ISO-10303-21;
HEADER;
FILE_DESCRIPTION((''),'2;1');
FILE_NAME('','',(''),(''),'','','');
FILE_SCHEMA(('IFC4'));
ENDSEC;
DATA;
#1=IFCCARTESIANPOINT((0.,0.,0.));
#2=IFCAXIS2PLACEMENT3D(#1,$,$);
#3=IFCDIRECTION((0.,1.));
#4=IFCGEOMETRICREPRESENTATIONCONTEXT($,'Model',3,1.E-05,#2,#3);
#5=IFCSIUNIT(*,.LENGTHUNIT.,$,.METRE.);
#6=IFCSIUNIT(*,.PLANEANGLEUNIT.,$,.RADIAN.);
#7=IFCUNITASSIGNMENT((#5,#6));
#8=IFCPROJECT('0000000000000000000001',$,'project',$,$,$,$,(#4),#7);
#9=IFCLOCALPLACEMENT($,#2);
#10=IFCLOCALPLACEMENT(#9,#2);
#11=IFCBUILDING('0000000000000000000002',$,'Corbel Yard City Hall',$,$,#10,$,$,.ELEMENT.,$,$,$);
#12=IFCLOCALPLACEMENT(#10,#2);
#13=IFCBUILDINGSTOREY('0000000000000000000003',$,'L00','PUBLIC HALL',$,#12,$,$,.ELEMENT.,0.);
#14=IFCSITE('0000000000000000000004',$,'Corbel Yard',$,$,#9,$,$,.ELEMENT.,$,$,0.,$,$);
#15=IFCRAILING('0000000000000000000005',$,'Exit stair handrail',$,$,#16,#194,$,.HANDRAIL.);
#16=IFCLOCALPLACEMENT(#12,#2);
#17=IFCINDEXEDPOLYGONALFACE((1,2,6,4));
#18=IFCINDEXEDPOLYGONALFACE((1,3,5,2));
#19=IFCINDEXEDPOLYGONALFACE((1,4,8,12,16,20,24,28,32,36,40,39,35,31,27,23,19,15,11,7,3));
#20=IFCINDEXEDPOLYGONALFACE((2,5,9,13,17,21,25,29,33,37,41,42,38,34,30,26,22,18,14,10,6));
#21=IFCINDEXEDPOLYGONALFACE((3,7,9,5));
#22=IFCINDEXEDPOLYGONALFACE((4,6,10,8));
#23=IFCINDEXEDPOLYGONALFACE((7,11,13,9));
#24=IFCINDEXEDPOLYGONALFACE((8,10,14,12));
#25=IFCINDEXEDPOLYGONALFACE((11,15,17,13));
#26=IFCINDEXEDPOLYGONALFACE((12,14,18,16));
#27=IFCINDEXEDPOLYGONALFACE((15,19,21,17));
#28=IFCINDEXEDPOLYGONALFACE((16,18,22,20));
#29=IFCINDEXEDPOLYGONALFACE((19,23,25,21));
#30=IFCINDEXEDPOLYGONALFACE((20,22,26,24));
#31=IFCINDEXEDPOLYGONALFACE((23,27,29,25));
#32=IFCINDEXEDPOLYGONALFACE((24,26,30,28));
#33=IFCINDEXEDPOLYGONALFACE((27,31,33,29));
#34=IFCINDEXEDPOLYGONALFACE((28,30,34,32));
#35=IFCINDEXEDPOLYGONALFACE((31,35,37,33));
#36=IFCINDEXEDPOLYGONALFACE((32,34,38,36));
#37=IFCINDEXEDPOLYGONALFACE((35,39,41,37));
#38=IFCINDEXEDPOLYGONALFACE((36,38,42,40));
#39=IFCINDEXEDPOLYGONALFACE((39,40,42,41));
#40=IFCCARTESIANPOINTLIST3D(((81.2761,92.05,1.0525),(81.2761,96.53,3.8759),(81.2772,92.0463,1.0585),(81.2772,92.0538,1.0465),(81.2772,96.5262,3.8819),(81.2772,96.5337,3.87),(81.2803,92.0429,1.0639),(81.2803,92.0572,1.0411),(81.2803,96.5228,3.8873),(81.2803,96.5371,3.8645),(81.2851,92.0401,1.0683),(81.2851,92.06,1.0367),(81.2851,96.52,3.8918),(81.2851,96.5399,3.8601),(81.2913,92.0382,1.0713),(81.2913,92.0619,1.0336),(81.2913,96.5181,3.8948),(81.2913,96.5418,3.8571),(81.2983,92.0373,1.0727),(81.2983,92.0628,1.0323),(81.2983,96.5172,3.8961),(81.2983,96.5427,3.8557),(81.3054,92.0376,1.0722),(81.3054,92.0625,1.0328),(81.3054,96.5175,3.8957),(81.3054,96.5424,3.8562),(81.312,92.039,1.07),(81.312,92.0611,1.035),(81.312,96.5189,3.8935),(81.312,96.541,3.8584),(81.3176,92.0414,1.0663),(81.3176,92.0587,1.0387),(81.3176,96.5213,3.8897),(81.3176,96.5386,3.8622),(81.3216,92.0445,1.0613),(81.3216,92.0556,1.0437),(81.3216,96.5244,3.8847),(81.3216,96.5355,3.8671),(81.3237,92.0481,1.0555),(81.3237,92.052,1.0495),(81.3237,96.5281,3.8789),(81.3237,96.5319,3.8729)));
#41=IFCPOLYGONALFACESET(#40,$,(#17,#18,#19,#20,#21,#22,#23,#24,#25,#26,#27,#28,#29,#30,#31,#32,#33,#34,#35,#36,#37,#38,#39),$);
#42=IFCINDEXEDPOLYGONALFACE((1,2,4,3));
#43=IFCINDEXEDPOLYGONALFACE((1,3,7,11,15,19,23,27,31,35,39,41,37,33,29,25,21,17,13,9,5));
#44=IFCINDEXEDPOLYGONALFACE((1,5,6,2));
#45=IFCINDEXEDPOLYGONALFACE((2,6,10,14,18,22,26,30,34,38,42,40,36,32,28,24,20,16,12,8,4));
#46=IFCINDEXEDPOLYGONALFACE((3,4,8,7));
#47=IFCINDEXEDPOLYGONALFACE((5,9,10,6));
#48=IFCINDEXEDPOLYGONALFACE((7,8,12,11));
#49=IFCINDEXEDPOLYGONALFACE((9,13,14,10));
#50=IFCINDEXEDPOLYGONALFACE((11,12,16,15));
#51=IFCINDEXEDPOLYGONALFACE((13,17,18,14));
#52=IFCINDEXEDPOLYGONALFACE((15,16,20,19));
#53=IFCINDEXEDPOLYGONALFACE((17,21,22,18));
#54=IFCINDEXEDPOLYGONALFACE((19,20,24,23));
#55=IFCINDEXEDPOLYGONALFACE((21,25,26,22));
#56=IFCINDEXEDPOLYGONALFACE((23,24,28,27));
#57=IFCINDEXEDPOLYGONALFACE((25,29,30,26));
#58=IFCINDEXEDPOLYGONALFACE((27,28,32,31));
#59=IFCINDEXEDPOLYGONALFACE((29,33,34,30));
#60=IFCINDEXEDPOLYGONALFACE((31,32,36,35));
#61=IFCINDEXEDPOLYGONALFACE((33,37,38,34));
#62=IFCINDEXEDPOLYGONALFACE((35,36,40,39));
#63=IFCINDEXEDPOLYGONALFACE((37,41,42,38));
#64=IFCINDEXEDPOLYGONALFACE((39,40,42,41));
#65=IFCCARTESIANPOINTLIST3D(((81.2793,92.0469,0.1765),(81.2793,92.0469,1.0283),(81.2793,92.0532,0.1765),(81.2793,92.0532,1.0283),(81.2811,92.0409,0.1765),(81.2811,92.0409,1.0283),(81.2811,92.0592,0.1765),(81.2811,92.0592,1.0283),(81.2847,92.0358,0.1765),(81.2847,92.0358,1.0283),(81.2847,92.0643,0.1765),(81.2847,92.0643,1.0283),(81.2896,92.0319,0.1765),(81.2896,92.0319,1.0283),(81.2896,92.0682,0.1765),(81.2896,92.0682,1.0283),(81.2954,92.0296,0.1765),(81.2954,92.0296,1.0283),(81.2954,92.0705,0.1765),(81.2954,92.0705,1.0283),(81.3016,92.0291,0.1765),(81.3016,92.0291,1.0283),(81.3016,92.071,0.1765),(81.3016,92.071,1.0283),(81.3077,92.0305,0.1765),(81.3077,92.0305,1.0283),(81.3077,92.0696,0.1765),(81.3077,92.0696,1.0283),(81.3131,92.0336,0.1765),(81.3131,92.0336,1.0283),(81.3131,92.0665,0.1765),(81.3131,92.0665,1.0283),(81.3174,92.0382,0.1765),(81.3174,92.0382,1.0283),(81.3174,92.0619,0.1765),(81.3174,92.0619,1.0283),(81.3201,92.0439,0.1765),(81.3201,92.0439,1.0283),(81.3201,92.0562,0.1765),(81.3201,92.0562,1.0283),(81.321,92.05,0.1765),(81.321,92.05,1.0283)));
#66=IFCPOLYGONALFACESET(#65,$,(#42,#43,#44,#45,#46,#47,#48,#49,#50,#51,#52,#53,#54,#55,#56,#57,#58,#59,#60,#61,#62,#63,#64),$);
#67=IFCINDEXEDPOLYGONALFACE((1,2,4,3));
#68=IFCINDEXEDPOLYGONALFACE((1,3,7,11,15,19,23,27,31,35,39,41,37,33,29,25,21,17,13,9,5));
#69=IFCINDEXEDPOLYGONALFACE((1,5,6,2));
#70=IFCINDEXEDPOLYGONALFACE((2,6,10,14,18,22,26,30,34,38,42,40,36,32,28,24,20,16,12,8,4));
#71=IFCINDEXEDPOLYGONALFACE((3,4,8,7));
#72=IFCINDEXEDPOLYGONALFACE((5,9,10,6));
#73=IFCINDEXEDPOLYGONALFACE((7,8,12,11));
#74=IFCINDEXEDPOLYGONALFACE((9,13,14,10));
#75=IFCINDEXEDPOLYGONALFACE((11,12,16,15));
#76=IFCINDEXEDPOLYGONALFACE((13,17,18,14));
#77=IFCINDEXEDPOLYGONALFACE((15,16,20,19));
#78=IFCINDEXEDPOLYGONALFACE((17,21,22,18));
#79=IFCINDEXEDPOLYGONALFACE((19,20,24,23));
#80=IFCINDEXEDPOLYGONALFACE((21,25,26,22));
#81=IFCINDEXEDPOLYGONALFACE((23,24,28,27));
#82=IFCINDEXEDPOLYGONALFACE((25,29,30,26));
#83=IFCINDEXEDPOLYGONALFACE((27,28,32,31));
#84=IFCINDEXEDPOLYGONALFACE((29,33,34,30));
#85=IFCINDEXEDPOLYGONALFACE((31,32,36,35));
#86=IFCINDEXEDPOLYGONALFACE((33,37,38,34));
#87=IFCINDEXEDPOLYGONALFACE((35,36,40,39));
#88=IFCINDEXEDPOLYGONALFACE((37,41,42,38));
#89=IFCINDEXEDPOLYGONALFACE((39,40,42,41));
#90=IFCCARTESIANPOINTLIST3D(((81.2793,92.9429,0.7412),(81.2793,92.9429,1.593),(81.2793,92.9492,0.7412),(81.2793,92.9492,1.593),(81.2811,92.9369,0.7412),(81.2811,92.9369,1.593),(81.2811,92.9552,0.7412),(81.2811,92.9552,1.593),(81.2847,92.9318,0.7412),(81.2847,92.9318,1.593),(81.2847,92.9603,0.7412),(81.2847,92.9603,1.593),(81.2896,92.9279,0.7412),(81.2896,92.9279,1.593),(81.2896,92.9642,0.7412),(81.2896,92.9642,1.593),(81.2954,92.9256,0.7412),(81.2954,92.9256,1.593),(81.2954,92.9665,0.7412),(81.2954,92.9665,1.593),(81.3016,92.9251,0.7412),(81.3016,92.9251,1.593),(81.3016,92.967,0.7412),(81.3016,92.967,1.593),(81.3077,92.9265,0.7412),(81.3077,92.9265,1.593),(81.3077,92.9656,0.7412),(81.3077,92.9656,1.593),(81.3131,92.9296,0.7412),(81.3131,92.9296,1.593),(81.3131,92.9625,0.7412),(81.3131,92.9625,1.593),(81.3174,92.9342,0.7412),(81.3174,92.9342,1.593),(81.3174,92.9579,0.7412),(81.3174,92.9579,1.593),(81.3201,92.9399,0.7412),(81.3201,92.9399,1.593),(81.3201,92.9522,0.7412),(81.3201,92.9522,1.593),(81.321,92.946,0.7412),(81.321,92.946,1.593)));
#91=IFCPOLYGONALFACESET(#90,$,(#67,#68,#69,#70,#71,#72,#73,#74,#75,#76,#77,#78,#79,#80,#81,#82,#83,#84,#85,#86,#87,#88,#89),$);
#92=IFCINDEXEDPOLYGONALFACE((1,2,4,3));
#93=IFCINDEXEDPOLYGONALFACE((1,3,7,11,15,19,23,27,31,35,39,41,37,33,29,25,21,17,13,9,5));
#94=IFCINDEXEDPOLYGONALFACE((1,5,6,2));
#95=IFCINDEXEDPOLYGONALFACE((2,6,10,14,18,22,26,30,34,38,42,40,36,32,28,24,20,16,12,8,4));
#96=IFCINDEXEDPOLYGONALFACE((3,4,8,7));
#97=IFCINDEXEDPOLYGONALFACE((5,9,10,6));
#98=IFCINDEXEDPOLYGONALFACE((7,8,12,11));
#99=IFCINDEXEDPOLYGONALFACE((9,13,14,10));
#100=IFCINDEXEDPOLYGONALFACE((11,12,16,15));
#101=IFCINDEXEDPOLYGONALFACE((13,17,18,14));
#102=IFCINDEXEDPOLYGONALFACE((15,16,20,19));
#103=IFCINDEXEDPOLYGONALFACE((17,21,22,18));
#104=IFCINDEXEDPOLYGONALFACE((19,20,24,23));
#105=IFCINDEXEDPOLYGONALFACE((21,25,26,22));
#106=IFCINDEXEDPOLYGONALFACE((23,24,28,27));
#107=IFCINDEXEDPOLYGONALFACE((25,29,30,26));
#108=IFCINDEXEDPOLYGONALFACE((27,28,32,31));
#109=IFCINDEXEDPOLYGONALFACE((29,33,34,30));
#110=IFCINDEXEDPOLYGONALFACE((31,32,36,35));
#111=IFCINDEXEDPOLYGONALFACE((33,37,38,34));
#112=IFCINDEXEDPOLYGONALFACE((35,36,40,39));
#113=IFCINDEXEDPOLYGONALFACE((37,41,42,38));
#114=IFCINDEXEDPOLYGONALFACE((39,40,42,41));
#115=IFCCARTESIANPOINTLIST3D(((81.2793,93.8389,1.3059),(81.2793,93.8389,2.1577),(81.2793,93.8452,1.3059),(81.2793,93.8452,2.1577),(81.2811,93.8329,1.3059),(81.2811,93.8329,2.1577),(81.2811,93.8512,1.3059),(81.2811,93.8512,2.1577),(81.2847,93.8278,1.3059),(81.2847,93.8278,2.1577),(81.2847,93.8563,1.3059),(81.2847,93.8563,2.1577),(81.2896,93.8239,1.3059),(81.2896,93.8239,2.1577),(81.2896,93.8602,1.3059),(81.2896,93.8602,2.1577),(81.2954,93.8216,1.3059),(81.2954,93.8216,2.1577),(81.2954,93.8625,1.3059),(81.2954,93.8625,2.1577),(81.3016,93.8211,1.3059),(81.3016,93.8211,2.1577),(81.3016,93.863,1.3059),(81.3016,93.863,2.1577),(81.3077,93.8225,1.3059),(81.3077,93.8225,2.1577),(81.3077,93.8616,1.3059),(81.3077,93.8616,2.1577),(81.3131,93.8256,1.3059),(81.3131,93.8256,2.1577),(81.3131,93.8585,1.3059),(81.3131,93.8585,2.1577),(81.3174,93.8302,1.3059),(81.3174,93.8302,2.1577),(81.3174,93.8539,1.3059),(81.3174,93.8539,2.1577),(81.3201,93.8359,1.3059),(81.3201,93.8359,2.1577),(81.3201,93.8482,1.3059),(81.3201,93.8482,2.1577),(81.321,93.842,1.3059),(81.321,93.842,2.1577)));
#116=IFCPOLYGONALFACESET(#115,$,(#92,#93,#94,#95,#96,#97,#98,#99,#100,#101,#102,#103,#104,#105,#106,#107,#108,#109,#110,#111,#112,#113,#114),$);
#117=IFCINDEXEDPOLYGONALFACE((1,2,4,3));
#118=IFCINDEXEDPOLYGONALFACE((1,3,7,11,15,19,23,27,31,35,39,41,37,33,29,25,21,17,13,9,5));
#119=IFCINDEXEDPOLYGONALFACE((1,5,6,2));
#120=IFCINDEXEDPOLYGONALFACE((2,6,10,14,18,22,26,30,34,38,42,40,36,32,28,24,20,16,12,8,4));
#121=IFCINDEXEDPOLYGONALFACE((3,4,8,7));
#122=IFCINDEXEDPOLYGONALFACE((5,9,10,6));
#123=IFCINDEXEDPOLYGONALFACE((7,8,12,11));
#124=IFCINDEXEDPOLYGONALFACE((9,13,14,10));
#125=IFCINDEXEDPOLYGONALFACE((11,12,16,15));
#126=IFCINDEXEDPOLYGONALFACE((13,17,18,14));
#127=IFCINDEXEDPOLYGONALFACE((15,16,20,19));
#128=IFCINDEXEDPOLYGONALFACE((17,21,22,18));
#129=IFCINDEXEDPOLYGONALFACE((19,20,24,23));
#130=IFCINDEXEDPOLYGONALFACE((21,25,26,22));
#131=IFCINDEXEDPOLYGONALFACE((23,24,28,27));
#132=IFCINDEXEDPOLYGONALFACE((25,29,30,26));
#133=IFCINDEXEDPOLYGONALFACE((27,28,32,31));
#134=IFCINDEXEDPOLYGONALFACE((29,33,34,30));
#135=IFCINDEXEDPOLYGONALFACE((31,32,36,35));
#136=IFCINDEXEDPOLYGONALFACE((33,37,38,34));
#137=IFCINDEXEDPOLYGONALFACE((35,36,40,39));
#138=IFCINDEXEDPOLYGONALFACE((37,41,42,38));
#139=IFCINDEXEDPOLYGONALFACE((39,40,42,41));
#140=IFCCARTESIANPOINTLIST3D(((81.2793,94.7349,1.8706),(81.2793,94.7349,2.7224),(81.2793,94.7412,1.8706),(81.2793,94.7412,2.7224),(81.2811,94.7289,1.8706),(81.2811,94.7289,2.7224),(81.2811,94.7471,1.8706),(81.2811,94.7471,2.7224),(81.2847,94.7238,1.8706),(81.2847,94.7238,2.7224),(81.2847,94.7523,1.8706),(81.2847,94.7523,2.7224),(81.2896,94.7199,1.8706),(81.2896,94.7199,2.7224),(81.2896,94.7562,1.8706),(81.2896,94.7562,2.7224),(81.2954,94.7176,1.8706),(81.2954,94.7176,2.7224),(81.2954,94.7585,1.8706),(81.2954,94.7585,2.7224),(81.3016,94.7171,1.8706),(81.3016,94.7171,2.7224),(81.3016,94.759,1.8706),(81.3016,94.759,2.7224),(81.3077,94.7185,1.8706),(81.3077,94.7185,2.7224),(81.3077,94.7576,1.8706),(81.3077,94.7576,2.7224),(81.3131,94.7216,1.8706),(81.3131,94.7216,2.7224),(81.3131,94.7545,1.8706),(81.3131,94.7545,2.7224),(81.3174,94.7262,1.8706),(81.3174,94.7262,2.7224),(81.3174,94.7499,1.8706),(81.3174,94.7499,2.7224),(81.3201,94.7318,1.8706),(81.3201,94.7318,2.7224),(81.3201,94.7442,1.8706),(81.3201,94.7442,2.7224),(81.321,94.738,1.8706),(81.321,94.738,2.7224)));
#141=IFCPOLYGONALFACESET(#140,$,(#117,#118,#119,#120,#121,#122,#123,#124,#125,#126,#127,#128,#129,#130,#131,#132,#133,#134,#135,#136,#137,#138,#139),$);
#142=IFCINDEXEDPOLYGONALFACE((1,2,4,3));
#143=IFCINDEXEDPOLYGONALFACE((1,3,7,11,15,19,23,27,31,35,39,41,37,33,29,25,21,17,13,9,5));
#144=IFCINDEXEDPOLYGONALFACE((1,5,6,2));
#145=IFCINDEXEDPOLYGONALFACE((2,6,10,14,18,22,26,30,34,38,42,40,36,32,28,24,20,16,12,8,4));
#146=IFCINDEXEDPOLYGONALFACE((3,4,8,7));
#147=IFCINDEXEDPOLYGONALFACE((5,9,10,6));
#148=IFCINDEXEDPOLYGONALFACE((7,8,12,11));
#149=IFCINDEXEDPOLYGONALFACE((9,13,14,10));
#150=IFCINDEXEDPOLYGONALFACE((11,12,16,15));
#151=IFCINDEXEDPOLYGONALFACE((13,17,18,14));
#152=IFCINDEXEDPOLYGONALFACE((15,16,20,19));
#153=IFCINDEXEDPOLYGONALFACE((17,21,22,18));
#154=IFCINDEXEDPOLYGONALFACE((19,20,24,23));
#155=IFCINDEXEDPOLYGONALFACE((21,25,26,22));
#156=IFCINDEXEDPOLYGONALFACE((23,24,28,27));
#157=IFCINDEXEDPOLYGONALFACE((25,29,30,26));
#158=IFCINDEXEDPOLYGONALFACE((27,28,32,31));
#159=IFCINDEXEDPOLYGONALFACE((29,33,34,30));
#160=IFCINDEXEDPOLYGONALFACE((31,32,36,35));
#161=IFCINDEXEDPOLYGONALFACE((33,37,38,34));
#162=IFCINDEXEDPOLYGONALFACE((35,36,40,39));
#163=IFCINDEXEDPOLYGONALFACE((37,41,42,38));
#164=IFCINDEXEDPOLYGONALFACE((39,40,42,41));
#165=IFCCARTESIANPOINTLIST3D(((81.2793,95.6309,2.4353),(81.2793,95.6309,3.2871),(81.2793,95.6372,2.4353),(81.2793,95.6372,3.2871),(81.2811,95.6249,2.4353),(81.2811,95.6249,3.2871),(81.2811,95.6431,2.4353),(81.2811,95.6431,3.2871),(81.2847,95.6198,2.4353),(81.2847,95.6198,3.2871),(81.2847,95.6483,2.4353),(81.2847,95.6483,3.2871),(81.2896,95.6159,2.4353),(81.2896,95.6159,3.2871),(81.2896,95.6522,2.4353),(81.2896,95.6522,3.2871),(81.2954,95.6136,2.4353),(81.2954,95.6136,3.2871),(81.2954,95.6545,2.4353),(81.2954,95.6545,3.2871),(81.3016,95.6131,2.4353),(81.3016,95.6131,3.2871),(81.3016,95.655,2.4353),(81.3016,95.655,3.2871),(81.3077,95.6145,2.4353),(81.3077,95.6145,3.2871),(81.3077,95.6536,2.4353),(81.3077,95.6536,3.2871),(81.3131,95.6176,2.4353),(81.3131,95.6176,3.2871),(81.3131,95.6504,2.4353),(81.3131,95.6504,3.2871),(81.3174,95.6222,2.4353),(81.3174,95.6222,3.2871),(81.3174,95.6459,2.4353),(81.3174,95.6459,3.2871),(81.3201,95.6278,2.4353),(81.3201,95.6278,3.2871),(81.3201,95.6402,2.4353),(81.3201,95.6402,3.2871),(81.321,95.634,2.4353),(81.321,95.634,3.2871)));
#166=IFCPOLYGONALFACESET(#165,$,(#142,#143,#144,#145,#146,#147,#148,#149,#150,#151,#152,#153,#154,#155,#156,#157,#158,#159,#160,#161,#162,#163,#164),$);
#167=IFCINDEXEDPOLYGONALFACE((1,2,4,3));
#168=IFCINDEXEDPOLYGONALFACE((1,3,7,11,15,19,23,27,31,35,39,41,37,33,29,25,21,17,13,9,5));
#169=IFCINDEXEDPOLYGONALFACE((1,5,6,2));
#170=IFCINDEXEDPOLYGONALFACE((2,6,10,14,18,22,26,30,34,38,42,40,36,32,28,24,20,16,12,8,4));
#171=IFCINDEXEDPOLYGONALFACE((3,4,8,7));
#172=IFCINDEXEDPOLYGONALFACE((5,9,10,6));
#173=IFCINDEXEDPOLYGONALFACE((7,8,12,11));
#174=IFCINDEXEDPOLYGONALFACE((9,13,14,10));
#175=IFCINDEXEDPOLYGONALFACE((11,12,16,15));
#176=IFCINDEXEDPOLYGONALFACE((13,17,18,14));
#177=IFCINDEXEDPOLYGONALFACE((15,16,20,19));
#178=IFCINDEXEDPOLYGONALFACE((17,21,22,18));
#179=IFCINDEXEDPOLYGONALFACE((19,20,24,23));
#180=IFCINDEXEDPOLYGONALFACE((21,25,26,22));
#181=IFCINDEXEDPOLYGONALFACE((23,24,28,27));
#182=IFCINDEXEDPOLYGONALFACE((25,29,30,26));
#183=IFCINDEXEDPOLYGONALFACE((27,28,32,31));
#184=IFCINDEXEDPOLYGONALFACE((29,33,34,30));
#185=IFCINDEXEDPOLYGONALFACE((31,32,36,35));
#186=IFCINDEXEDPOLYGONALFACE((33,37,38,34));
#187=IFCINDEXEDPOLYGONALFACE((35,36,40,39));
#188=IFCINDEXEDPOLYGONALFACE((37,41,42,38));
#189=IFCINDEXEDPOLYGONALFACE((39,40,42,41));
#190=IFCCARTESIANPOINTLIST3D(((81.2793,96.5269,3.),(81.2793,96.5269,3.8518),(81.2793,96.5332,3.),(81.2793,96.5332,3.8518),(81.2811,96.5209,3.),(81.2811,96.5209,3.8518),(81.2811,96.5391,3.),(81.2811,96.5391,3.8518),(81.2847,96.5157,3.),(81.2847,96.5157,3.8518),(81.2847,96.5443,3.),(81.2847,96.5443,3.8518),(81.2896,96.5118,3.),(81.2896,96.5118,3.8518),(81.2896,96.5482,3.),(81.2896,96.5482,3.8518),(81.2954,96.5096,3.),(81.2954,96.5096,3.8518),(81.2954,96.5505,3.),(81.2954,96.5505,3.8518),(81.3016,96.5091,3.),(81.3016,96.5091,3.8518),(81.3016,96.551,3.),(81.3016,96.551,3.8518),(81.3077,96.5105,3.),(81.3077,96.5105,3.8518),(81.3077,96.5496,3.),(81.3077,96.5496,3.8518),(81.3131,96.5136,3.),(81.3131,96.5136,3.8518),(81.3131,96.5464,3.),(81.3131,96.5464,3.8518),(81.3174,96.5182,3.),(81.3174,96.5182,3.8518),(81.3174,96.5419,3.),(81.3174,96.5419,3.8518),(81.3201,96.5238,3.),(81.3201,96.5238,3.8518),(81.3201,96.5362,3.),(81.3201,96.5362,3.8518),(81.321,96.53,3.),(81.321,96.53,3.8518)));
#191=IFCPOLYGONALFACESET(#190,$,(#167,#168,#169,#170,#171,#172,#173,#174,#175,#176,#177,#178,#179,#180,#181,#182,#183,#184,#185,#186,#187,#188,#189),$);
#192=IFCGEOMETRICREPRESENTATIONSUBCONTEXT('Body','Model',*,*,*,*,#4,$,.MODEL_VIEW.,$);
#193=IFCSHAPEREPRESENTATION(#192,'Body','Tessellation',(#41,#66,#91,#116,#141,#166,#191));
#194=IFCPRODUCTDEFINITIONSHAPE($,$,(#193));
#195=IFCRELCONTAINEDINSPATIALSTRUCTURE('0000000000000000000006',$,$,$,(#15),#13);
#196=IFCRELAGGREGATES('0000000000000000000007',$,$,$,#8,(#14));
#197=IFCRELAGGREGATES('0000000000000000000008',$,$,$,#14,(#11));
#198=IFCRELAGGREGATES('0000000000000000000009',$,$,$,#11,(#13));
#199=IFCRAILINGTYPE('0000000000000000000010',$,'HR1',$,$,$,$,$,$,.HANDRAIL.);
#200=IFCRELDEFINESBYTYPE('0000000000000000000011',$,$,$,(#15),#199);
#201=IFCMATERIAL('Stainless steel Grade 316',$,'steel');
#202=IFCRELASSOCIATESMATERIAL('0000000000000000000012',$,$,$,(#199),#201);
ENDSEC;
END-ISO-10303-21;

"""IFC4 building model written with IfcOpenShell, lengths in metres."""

from ifc_helpers import new_model, si_unit, direction, frame, origin, origin_2d, place, context, subcontext, project, spatial, circle, extrude, material, type_object, element, save


model = new_model("IFC4")

# Units and contexts
model_context = context("Model", 3, precision=1e-05, world=origin(), true_north=direction((0.0, 1.0)))
body_context = subcontext(model_context, "Body", "Model", "MODEL_VIEW")
ifc_project = project(units=[si_unit("LENGTHUNIT", "METRE"), si_unit("PLANEANGLEUNIT", "RADIAN")], contexts=[model_context])

# Site, building, storey
site_placement = place(None, origin())
site = spatial("IfcSite", under=ifc_project, at=site_placement, Name="Corbel Yard", CompositionType="ELEMENT", RefElevation=0.0)
building_placement = place(site_placement, origin())
building = spatial("IfcBuilding", under=site, at=building_placement, Name="Corbel Yard City Hall", CompositionType="ELEMENT")
storey_placement = place(building_placement, origin())
storey = spatial("IfcBuildingStorey", under=building, at=storey_placement, Name="L00", Description="PUBLIC HALL", CompositionType="ELEMENT", Elevation=0.0)

# Shared definitions
ifc_material_1 = material(Name="Stainless steel Grade 316", Category="steel")

# Railing
railing_type = type_object("IfcRailingType", Name="HR1", PredefinedType="HANDRAIL", material=ifc_material_1)
for number, where, name in (
    (1, (81.3, 92.05, 0.1765), "Exit stair handrail"),
):
    element("IfcRailing", number, at=place(storey_placement, frame(where)), inside=storey, type_object=railing_type, Name=name, PredefinedType="HANDRAIL", context=body_context, shape_type="SweptSolid", body=[
        extrude(circle(Radius=0.0239, at=origin_2d()), frame((0.0, 0.0, 0.876), z_axis=(0.0, 0.845998, 0.533186), x_axis=(-1.0, 0.0, 0.0)), (0.0, 0.0, 1.0), 5.2954),
        extrude(circle(Radius=0.021, at=origin_2d()), origin(), (0.0, 0.0, 1.0), 0.8518),
        extrude(circle(Radius=0.021, at=origin_2d()), frame((0.0, 0.896, 0.5647)), (0.0, 0.0, 1.0), 0.8518),
        extrude(circle(Radius=0.021, at=origin_2d()), frame((0.0, 1.792, 1.1294)), (0.0, 0.0, 1.0), 0.8518),
        extrude(circle(Radius=0.021, at=origin_2d()), frame((0.0, 2.688, 1.6941)), (0.0, 0.0, 1.0), 0.8518),
        extrude(circle(Radius=0.021, at=origin_2d()), frame((0.0, 3.584, 2.2588)), (0.0, 0.0, 1.0), 0.8518),
        extrude(circle(Radius=0.021, at=origin_2d()), frame((0.0, 4.48, 2.8235)), (0.0, 0.0, 1.0), 0.8518),
    ])

save(model, "model.ifc")
